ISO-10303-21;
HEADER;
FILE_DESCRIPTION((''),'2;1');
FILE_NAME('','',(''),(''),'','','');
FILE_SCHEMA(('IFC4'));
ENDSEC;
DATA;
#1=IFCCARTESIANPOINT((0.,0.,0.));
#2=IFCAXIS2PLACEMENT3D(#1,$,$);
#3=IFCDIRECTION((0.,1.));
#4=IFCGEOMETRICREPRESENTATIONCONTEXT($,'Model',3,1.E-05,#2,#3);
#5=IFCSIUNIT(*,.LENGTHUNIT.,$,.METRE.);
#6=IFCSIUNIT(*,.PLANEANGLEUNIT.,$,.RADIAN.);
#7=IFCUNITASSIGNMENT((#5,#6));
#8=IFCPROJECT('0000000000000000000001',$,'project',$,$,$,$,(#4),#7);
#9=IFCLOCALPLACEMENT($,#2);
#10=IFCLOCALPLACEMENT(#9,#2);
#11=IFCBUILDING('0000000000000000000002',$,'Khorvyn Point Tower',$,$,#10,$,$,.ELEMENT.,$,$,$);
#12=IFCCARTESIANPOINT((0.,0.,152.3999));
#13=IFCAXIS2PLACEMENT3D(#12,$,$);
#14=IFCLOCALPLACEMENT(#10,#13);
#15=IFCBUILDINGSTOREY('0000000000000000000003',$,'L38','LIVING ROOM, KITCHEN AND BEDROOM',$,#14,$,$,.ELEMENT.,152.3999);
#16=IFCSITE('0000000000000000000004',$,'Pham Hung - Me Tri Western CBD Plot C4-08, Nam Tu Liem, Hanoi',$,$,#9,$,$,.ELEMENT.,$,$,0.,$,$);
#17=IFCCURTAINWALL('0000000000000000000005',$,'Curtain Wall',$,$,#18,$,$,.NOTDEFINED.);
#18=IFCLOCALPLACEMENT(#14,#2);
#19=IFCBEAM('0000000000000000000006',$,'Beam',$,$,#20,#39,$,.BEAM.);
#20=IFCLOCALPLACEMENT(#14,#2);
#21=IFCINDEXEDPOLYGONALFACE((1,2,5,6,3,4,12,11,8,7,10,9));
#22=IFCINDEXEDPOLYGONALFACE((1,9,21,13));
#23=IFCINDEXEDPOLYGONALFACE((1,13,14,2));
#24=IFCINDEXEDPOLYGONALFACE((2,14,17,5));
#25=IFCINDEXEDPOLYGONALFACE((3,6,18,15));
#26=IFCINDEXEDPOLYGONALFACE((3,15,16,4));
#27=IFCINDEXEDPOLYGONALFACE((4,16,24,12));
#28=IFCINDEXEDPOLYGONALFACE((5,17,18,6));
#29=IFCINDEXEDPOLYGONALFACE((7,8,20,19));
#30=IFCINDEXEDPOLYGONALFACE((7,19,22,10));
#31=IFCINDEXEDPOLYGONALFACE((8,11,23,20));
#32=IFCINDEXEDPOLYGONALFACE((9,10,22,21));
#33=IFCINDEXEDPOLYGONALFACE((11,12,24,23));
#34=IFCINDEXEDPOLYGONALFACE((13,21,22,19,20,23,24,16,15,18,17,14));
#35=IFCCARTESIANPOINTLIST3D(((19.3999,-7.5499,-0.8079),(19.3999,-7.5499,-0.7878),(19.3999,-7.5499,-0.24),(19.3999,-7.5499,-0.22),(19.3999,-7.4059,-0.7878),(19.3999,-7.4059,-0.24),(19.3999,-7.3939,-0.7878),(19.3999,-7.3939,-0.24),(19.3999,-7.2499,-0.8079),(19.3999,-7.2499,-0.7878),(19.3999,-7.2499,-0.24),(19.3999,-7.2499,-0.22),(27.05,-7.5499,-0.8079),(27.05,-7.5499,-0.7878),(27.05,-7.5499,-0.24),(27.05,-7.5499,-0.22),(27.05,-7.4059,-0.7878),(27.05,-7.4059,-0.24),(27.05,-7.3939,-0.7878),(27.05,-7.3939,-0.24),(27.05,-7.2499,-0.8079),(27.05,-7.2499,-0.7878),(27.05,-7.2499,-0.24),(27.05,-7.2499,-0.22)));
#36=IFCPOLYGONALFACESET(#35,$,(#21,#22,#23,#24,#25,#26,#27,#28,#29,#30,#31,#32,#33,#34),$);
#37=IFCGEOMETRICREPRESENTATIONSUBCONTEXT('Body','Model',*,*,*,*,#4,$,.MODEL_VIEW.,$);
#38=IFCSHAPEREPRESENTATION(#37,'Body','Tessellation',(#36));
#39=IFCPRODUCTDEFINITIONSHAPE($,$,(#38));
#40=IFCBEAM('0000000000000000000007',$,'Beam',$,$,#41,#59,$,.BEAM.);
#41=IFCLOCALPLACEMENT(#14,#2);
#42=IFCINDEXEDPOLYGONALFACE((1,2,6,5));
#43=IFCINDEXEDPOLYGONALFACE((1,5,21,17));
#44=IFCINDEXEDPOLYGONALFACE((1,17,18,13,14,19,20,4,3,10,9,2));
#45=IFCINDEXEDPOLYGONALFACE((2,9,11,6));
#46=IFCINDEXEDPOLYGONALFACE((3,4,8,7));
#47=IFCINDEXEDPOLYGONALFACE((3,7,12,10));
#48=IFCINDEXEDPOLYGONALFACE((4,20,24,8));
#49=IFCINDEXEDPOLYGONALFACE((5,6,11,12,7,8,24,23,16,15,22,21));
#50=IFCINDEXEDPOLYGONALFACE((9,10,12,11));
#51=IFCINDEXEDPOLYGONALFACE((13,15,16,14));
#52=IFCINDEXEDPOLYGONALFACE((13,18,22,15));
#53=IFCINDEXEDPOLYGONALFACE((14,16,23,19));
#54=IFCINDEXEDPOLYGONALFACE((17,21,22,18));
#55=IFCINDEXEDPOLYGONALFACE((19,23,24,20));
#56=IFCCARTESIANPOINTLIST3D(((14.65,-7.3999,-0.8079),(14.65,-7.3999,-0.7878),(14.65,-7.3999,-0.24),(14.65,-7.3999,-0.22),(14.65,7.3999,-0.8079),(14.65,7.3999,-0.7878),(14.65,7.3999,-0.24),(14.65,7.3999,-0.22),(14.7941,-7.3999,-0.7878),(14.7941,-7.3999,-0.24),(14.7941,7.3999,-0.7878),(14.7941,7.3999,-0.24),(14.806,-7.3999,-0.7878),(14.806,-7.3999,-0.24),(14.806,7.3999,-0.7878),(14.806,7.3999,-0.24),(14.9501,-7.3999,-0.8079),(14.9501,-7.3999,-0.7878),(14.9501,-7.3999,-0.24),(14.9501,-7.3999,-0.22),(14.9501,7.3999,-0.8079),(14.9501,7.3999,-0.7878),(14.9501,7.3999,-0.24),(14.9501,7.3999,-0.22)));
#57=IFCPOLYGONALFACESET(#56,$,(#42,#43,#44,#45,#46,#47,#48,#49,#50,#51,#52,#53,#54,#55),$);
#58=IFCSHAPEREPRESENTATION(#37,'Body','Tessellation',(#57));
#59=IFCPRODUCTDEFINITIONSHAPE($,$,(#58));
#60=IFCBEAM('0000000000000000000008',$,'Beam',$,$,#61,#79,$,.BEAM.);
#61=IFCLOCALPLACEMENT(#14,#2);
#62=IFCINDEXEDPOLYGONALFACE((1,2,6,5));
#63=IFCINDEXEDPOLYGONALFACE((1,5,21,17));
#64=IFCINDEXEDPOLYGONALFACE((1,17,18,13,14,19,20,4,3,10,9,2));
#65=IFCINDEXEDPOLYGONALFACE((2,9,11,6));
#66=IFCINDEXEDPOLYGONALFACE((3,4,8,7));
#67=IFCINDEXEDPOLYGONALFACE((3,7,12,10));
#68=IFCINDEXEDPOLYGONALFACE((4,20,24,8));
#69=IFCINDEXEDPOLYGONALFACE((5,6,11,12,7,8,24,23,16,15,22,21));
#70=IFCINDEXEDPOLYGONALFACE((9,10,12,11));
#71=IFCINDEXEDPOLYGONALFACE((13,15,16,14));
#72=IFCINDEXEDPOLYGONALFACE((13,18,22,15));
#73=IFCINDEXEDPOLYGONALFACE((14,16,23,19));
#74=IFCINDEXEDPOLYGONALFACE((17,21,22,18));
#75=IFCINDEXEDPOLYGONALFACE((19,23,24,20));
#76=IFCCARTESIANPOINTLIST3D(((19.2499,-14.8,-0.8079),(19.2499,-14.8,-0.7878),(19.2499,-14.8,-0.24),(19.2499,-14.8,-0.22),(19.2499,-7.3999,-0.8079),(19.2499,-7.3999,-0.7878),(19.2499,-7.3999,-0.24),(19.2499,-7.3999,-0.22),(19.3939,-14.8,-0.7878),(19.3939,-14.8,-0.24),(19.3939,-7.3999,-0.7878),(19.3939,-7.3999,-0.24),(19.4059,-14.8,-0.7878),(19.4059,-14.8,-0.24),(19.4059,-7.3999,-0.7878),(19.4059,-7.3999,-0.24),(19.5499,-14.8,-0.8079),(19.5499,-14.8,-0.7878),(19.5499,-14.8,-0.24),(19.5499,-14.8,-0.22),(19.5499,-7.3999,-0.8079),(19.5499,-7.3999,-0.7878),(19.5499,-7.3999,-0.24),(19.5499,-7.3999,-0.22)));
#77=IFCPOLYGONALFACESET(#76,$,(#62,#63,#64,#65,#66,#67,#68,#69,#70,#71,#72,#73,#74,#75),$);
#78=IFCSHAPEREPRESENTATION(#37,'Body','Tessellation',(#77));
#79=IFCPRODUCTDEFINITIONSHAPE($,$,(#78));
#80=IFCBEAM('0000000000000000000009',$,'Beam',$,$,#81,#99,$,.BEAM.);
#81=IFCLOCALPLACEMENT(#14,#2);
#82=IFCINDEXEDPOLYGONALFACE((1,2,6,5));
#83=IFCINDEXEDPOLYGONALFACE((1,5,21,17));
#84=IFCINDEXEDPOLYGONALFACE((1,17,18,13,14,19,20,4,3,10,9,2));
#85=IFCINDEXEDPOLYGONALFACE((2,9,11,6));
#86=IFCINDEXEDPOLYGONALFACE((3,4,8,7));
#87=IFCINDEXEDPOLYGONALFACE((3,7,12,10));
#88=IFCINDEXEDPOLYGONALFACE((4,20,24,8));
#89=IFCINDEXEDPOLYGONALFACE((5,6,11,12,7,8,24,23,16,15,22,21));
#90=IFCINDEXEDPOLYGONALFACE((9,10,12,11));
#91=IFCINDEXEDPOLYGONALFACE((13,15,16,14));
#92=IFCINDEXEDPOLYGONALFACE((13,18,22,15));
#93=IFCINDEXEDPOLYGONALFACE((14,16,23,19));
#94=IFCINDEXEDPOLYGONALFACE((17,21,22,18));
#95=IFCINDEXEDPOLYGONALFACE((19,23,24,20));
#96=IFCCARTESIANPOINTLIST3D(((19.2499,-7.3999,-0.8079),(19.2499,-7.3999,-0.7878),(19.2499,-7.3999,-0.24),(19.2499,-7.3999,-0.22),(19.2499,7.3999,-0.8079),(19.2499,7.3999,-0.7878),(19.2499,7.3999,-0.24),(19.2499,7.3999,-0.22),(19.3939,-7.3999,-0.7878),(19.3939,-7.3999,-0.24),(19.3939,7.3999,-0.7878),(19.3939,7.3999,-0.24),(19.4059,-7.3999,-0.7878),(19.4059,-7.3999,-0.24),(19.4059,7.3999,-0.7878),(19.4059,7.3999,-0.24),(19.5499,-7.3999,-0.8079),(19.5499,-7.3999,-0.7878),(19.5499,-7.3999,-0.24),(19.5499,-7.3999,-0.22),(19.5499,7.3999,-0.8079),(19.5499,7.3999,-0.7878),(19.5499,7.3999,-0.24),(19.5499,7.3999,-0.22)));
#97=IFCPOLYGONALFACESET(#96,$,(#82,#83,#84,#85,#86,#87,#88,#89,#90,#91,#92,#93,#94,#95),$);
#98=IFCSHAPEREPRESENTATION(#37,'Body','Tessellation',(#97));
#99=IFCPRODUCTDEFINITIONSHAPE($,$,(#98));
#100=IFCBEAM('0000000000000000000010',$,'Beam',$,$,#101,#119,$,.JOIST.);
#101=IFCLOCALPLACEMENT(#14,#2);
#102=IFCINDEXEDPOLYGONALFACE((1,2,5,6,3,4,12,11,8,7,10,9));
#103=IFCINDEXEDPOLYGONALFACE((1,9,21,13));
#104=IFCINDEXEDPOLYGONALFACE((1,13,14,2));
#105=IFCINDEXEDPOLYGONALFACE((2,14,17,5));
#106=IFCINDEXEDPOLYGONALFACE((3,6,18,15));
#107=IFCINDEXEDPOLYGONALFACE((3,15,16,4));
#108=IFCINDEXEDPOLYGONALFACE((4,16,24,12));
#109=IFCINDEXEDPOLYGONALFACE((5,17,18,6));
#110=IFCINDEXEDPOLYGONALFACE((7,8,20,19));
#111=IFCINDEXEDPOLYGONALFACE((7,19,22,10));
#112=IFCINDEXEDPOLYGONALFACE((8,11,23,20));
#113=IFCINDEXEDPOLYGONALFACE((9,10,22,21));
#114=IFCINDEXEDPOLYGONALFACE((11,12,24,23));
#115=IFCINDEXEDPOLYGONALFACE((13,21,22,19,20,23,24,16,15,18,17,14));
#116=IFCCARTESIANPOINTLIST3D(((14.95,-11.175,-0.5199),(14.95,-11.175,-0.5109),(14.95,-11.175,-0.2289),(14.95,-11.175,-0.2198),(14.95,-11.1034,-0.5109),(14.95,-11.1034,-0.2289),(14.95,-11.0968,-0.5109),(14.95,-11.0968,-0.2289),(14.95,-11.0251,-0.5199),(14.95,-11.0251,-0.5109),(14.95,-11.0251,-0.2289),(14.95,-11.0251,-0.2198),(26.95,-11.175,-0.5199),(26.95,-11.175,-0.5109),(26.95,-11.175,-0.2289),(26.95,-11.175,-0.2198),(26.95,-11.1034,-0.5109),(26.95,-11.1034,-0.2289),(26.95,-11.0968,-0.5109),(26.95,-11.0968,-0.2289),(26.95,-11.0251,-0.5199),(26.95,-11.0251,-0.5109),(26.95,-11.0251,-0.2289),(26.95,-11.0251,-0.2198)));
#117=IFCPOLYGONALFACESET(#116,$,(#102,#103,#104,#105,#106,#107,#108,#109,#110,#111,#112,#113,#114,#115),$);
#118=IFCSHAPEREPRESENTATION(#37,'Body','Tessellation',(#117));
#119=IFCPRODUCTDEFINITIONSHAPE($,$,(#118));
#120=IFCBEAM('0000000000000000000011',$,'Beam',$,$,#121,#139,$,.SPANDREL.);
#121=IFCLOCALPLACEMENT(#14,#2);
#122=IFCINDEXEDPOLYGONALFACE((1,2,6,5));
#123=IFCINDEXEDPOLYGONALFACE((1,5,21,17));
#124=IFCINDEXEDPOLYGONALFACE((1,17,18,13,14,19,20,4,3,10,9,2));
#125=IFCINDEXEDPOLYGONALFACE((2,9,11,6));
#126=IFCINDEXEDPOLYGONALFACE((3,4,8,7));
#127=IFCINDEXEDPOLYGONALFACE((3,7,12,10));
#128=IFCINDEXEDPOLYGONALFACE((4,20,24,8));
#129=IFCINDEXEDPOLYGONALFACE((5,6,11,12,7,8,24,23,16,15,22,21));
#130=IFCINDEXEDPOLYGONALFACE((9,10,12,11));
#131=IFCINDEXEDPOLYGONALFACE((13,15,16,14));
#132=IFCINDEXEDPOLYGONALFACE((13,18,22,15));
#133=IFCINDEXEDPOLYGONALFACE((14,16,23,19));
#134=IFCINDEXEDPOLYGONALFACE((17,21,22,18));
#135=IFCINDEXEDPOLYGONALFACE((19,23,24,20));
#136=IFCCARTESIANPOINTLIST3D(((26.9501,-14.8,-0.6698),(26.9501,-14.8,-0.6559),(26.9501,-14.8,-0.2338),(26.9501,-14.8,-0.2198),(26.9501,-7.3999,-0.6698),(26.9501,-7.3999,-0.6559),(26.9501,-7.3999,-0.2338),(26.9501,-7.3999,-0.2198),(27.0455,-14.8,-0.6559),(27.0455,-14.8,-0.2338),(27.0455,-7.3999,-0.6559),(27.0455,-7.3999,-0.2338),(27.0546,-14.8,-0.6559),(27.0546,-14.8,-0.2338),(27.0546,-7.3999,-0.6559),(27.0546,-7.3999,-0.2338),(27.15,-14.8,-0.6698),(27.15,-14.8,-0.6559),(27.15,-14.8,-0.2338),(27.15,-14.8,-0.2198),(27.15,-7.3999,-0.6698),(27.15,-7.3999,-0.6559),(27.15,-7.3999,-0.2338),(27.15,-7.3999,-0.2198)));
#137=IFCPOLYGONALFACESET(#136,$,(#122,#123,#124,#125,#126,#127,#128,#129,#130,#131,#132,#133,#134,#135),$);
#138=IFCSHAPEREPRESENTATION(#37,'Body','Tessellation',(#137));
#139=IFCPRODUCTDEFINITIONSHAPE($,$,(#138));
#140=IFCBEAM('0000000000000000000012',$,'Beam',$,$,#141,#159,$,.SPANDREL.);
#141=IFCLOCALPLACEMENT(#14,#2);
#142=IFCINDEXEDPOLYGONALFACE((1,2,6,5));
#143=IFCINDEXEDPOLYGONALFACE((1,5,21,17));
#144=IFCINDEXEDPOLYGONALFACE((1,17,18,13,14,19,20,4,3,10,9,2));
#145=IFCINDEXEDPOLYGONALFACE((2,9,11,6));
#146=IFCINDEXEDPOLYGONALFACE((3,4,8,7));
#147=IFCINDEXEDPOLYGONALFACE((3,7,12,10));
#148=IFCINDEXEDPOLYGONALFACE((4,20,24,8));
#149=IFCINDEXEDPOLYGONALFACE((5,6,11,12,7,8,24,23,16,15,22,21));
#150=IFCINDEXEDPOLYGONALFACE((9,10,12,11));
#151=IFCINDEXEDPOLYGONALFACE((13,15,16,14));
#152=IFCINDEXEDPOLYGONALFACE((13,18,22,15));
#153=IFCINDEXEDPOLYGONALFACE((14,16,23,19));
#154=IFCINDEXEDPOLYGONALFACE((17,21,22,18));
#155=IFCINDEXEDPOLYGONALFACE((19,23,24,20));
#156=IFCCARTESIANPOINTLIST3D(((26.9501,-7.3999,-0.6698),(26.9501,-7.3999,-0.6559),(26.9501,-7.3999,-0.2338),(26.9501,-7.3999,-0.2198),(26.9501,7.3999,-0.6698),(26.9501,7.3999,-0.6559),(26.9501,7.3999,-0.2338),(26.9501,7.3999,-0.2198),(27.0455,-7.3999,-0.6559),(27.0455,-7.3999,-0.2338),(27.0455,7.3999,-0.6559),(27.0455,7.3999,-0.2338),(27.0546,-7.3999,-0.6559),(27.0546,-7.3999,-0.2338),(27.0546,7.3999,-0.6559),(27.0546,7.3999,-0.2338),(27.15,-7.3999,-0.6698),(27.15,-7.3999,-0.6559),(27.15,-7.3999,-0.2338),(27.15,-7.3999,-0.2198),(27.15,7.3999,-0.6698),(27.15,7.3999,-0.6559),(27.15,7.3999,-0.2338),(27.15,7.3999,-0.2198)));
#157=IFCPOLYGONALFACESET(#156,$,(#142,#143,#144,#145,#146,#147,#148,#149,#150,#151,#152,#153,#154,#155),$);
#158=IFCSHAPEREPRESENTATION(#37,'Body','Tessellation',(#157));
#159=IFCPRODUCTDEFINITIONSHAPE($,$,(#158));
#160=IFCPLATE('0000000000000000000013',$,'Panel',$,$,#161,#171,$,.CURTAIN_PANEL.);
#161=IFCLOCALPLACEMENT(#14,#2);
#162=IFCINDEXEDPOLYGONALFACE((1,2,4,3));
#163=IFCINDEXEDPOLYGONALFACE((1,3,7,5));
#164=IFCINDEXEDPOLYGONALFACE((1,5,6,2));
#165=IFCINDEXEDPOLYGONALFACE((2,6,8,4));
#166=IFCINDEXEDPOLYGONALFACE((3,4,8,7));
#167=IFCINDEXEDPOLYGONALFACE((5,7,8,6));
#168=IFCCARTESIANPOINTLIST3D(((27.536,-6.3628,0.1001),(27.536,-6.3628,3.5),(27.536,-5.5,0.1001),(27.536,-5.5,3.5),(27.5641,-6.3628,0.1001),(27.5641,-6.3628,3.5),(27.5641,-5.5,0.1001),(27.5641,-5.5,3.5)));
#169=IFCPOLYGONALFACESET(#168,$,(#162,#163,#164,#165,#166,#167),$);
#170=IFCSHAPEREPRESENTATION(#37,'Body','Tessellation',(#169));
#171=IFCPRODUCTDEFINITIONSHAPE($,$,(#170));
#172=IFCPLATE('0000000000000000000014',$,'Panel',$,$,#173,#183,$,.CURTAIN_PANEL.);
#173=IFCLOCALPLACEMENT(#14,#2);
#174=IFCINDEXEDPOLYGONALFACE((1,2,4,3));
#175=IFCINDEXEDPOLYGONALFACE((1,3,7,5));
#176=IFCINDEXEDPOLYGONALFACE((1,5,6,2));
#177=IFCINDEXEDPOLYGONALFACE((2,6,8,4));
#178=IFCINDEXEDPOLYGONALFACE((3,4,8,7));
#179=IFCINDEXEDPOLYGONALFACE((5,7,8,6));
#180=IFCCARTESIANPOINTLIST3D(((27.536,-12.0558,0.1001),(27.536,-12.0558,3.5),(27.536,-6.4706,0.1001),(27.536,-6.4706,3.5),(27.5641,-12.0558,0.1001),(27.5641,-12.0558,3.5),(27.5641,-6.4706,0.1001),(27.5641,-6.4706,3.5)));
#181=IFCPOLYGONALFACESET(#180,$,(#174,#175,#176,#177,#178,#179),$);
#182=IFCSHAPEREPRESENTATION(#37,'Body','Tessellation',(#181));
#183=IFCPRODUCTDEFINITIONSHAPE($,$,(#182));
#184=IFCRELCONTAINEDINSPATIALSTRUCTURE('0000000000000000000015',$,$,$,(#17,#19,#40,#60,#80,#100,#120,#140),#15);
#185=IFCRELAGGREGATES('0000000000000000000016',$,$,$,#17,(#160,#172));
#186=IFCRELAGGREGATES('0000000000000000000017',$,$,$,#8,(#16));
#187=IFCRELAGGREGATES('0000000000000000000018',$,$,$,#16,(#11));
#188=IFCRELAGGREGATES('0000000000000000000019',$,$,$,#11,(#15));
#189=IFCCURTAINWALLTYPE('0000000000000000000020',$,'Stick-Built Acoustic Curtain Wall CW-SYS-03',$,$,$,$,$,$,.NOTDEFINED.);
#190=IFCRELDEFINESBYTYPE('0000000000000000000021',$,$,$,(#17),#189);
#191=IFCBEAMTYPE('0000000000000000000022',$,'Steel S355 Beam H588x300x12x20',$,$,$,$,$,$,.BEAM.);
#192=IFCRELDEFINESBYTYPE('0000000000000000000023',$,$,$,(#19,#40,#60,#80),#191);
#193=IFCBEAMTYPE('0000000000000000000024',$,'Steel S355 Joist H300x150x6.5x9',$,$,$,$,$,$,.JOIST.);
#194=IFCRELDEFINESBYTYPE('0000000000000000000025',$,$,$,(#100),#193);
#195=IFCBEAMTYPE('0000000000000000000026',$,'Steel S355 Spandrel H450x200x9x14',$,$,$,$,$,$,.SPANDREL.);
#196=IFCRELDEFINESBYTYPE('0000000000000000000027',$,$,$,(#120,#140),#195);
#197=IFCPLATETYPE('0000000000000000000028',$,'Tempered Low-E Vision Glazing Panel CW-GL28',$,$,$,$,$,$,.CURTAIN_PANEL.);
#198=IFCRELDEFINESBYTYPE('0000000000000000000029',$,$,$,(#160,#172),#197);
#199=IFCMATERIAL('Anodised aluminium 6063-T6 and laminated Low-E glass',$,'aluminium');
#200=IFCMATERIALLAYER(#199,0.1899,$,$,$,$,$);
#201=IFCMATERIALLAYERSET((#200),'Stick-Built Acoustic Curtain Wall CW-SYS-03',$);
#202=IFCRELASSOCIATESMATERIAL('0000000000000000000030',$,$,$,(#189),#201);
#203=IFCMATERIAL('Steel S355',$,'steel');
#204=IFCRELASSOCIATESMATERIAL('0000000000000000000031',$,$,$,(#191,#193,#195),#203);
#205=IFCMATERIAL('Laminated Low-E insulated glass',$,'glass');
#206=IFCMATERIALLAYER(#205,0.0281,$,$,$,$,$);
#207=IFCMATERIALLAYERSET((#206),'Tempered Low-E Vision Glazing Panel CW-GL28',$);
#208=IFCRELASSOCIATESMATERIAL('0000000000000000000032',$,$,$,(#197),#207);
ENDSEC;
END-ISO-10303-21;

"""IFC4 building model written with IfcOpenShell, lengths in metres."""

from ifc_helpers import new_model, si_unit, direction, frame, origin, origin_2d, place, context, subcontext, project, spatial, rectangle, i_section, extrude, material, layer, layer_set, material_profile, profile_set, type_object, element, aggregate, save


model = new_model("IFC4")

# Units and contexts
model_context = context("Model", 3, precision=1e-05, world=origin(), true_north=direction((0.0, 1.0)))
body_context = subcontext(model_context, "Body", "Model", "MODEL_VIEW")
ifc_project = project(units=[si_unit("LENGTHUNIT", "METRE"), si_unit("PLANEANGLEUNIT", "RADIAN")], contexts=[model_context])

# Site, building, storey
site_placement = place(None, origin())
site = spatial("IfcSite", under=ifc_project, at=site_placement, Name="Pham Hung - Me Tri Western CBD Plot C4-08, Nam Tu Liem, Hanoi", CompositionType="ELEMENT", RefElevation=0.0)
building_placement = place(site_placement, origin())
building = spatial("IfcBuilding", under=site, at=building_placement, Name="Khorvyn Point Tower", CompositionType="ELEMENT")
storey_placement = place(building_placement, frame((0.0, 0.0, 152.3999)))
storey = spatial("IfcBuildingStorey", under=building, at=storey_placement, Name="L38", Description="LIVING ROOM, KITCHEN AND BEDROOM", CompositionType="ELEMENT", Elevation=152.3999)

# Curtain wall
ifc_material_1 = material(Name="Anodised aluminium 6063-T6 and laminated Low-E glass", Category="aluminium")
ifc_layer_1 = layer(ifc_material_1, 0.1899)
ifc_layer_set_1 = layer_set([ifc_layer_1], Name="Stick-Built Acoustic Curtain Wall CW-SYS-03")
curtain_wall_type = type_object("IfcCurtainWallType", Name="Stick-Built Acoustic Curtain Wall CW-SYS-03", PredefinedType="NOTDEFINED", material=ifc_layer_set_1)
curtain_wall_placement = place(storey_placement, origin())
curtain_wall = element("IfcCurtainWall", 1, at=curtain_wall_placement, inside=storey, type_object=curtain_wall_type, Name="Curtain Wall", PredefinedType="NOTDEFINED")

# Beams
ifc_material_2 = material(Name="Steel S355", Category="steel")
ifc_material_profile_1 = material_profile(ifc_material_2, i_section(OverallWidth=0.3, OverallDepth=0.5879, WebThickness=0.012, FlangeThickness=0.02, at=origin_2d()))
ifc_profile_set_1 = profile_set([ifc_material_profile_1], Name="Steel S355 H588x300x12x20")
beam_type_1 = type_object("IfcBeamType", Name="Steel S355 Beam H588x300x12x20", PredefinedType="BEAM", material=ifc_profile_set_1)
beam_1_placement = place(storey_placement, frame((19.3999, -7.3999, -0.5139), z_axis=(1.0, 0.0, 0.0), x_axis=(0.0, 1.0, 0.0)))
element("IfcBeam", 2, at=beam_1_placement, inside=storey, type_object=beam_type_1, Name="Beam", PredefinedType="BEAM", context=body_context, shape_type="SweptSolid", body=[
    extrude(i_section(OverallWidth=0.3, OverallDepth=0.5879, WebThickness=0.012, FlangeThickness=0.02, at=origin_2d()), origin(), (0.0, 0.0, 1.0), 7.6501),
])
beam_2_placement = place(storey_placement, frame((14.8, -7.3999, -0.5139), z_axis=(0.0, 1.0, 0.0), x_axis=(-1.0, 0.0, 0.0)))
element("IfcBeam", 3, at=beam_2_placement, inside=storey, type_object=beam_type_1, Name="Beam", PredefinedType="BEAM", context=body_context, shape_type="SweptSolid", body=[
    extrude(i_section(OverallWidth=0.3, OverallDepth=0.5879, WebThickness=0.012, FlangeThickness=0.02, at=origin_2d()), origin(), (0.0, 0.0, 1.0), 14.7998),
])
beam_3_placement = place(storey_placement, frame((19.3999, -14.8, -0.5139), z_axis=(0.0, 1.0, 0.0), x_axis=(-1.0, 0.0, 0.0)))
element("IfcBeam", 4, at=beam_3_placement, inside=storey, type_object=beam_type_1, Name="Beam", PredefinedType="BEAM", context=body_context, shape_type="SweptSolid", body=[
    extrude(i_section(OverallWidth=0.3, OverallDepth=0.5879, WebThickness=0.012, FlangeThickness=0.02, at=origin_2d()), origin(), (0.0, 0.0, 1.0), 7.4001),
])
beam_4_placement = place(storey_placement, frame((19.3999, -7.3999, -0.5139), z_axis=(0.0, 1.0, 0.0), x_axis=(-1.0, 0.0, 0.0)))
element("IfcBeam", 5, at=beam_4_placement, inside=storey, type_object=beam_type_1, Name="Beam", PredefinedType="BEAM", context=body_context, shape_type="SweptSolid", body=[
    extrude(i_section(OverallWidth=0.3, OverallDepth=0.5879, WebThickness=0.012, FlangeThickness=0.02, at=origin_2d()), origin(), (0.0, 0.0, 1.0), 14.7998),
])
ifc_material_profile_2 = material_profile(ifc_material_2, i_section(OverallWidth=0.1499, OverallDepth=0.3, WebThickness=0.0066, FlangeThickness=0.009, at=origin_2d()))
ifc_profile_set_2 = profile_set([ifc_material_profile_2], Name="Steel S355 H300x150x6.5x9")
beam_type_2 = type_object("IfcBeamType", Name="Steel S355 Joist H300x150x6.5x9", PredefinedType="JOIST", material=ifc_profile_set_2)
beam_5_placement = place(storey_placement, frame((14.95, -11.1001, -0.3699), z_axis=(1.0, 0.0, 0.0), x_axis=(0.0, 1.0, 0.0)))
element("IfcBeam", 6, at=beam_5_placement, inside=storey, type_object=beam_type_2, Name="Beam", PredefinedType="JOIST", context=body_context, shape_type="SweptSolid", body=[
    extrude(i_section(OverallWidth=0.1499, OverallDepth=0.3, WebThickness=0.0066, FlangeThickness=0.009, at=origin_2d()), origin(), (0.0, 0.0, 1.0), 12.0),
])
ifc_material_profile_3 = material_profile(ifc_material_2, i_section(OverallWidth=0.2, OverallDepth=0.45, WebThickness=0.009, FlangeThickness=0.0139, at=origin_2d()))
ifc_profile_set_3 = profile_set([ifc_material_profile_3], Name="Steel S355 H450x200x9x14")
beam_type_3 = type_object("IfcBeamType", Name="Steel S355 Spandrel H450x200x9x14", PredefinedType="SPANDREL", material=ifc_profile_set_3)
beam_6_placement = place(storey_placement, frame((27.05, -14.8, -0.4448), z_axis=(0.0, 1.0, 0.0), x_axis=(-1.0, 0.0, 0.0)))
element("IfcBeam", 7, at=beam_6_placement, inside=storey, type_object=beam_type_3, Name="Beam", PredefinedType="SPANDREL", context=body_context, shape_type="SweptSolid", body=[
    extrude(i_section(OverallWidth=0.2, OverallDepth=0.45, WebThickness=0.009, FlangeThickness=0.0139, at=origin_2d()), origin(), (0.0, 0.0, 1.0), 7.4001),
])
beam_7_placement = place(storey_placement, frame((27.05, -7.3999, -0.4448), z_axis=(0.0, 1.0, 0.0), x_axis=(-1.0, 0.0, 0.0)))
element("IfcBeam", 8, at=beam_7_placement, inside=storey, type_object=beam_type_3, Name="Beam", PredefinedType="SPANDREL", context=body_context, shape_type="SweptSolid", body=[
    extrude(i_section(OverallWidth=0.2, OverallDepth=0.45, WebThickness=0.009, FlangeThickness=0.0139, at=origin_2d()), origin(), (0.0, 0.0, 1.0), 14.7998),
])

# Plates
ifc_material_3 = material(Name="Laminated Low-E insulated glass", Category="glass")
ifc_layer_2 = layer(ifc_material_3, 0.0281)
ifc_layer_set_2 = layer_set([ifc_layer_2], Name="Tempered Low-E Vision Glazing Panel CW-GL28")
plate_type = type_object("IfcPlateType", Name="Tempered Low-E Vision Glazing Panel CW-GL28", PredefinedType="CURTAIN_PANEL", material=ifc_layer_set_2)
plate_1_placement = place(storey_placement, frame((27.55, -5.9314, 0.1001), z_axis=(0.0, 0.0, 1.0), x_axis=(0.0, -1.0, 0.0)))
plate_1 = element("IfcPlate", 9, at=plate_1_placement, type_object=plate_type, Name="Panel", PredefinedType="CURTAIN_PANEL", context=body_context, shape_type="SweptSolid", body=[
    extrude(rectangle(XDim=0.8628, YDim=0.0281, at=origin_2d()), origin(), (0.0, 0.0, 1.0), 3.3999),
])
plate_2_placement = place(storey_placement, frame((27.55, -9.2632, 0.1001), z_axis=(0.0, 0.0, 1.0), x_axis=(0.0, -1.0, 0.0)))
plate_2 = element("IfcPlate", 10, at=plate_2_placement, type_object=plate_type, Name="Panel", PredefinedType="CURTAIN_PANEL", context=body_context, shape_type="SweptSolid", body=[
    extrude(rectangle(XDim=5.5852, YDim=0.0281, at=origin_2d()), origin(), (0.0, 0.0, 1.0), 3.3999),
])
aggregate(curtain_wall, [plate_1, plate_2])

save(model, "model.ifc")
